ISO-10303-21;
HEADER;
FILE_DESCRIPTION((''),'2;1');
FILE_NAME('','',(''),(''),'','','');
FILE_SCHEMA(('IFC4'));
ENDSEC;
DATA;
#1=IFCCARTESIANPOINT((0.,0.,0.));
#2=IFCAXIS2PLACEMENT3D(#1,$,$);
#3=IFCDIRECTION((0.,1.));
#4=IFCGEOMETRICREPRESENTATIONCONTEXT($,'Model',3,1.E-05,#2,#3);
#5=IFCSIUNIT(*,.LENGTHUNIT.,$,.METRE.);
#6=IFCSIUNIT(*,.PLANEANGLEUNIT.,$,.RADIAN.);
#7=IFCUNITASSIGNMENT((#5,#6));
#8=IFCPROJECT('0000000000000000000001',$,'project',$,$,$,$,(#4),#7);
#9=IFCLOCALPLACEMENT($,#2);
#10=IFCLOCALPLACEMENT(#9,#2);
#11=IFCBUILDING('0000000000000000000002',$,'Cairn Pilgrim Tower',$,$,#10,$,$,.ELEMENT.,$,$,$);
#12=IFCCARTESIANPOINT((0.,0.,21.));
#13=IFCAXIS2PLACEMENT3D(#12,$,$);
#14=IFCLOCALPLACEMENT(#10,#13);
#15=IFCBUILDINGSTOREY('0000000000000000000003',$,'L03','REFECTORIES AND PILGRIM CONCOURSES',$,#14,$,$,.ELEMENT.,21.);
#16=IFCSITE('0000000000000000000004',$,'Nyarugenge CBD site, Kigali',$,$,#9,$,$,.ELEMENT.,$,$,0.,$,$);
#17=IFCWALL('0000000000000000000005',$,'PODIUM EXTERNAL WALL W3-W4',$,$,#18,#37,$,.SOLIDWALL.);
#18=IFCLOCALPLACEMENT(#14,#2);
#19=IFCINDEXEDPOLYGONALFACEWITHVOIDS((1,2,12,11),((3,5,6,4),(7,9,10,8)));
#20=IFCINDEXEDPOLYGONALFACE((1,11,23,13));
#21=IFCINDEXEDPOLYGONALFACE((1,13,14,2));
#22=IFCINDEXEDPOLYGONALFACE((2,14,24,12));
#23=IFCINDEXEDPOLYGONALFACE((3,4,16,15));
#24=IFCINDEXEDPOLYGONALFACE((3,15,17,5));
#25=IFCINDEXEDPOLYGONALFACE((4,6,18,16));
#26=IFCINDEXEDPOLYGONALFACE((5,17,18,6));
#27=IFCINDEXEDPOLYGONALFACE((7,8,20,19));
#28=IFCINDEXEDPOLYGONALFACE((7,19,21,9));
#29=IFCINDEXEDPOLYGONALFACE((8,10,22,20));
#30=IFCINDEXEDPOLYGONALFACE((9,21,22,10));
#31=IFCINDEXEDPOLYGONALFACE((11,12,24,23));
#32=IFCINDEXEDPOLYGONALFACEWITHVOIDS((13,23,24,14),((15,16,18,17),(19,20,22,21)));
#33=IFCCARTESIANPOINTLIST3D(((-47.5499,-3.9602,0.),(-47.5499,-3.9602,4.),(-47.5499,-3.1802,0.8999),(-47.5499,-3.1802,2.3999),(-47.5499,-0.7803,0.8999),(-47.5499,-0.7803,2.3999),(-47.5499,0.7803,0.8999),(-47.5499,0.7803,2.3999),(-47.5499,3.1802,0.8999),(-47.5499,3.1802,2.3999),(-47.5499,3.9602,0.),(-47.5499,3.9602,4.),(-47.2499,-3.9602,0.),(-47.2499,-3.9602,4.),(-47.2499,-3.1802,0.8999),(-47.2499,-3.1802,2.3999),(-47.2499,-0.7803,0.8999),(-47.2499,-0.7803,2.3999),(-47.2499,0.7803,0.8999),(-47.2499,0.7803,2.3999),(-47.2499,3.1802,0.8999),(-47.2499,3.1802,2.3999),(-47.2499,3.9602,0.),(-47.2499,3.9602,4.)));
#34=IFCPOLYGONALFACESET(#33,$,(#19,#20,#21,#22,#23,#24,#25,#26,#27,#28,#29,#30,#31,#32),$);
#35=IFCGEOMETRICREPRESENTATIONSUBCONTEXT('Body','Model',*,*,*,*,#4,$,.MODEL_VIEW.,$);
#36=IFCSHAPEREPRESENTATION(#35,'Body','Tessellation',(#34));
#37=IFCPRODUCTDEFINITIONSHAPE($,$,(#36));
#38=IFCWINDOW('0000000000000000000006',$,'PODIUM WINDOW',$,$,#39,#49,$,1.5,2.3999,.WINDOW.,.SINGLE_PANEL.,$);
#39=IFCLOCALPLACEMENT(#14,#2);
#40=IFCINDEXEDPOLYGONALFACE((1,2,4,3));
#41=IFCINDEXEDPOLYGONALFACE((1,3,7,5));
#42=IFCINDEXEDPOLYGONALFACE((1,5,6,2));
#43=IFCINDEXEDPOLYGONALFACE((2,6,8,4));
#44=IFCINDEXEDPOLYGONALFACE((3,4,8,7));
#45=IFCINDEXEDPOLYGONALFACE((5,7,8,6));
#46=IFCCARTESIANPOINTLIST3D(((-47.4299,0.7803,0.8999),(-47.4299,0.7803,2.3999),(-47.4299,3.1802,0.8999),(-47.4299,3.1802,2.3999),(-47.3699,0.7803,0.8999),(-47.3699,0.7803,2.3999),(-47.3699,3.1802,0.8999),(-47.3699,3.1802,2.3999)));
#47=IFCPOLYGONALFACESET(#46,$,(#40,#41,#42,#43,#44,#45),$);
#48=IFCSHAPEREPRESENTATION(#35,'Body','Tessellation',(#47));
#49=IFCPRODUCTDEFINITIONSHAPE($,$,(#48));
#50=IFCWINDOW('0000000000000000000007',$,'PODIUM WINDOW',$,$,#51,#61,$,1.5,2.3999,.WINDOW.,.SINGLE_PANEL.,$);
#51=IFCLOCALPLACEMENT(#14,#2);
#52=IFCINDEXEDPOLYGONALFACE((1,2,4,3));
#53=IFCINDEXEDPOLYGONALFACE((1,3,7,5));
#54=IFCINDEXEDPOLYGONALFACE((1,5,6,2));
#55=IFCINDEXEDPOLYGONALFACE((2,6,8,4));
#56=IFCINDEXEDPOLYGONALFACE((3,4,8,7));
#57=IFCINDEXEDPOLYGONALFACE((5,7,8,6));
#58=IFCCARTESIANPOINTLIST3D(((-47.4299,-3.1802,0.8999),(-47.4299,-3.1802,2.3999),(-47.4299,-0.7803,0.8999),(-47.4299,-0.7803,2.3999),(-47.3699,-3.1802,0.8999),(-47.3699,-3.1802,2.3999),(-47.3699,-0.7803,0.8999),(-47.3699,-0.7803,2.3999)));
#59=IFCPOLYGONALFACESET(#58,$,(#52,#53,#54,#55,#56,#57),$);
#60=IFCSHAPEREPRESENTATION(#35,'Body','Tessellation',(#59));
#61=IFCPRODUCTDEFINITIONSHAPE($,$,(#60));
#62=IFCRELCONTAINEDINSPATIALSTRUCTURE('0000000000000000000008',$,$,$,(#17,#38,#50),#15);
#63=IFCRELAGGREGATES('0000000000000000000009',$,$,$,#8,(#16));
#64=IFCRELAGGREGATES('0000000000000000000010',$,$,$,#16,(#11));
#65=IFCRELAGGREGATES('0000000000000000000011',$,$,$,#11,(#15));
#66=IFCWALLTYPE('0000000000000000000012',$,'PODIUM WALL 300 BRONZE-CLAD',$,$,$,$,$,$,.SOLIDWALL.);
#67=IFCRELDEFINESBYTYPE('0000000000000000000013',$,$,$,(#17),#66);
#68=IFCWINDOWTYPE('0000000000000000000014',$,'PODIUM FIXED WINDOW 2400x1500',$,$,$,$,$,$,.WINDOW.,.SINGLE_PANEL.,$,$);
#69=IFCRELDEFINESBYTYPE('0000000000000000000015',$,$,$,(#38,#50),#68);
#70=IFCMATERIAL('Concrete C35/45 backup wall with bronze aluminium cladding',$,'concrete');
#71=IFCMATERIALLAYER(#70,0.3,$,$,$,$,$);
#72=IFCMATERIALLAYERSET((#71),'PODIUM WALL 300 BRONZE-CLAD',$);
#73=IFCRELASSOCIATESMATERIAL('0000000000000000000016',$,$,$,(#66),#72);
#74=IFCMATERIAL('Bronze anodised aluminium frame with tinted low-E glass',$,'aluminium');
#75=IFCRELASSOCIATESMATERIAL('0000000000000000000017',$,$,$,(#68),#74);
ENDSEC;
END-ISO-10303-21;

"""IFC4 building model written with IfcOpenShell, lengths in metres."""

from ifc_helpers import new_model, si_unit, direction, frame, frame_2d, origin, place, context, subcontext, project, spatial, rectangle, extrude, material, layer, layer_set, type_object, element, fill, save


model = new_model("IFC4")

# Units and contexts
model_context = context("Model", 3, precision=1e-05, world=origin(), true_north=direction((0.0, 1.0)))
body_context = subcontext(model_context, "Body", "Model", "MODEL_VIEW")
ifc_project = project(units=[si_unit("LENGTHUNIT", "METRE"), si_unit("PLANEANGLEUNIT", "RADIAN")], contexts=[model_context])

# Site, building, storey
site_placement = place(None, origin())
site = spatial("IfcSite", under=ifc_project, at=site_placement, Name="Nyarugenge CBD site, Kigali", CompositionType="ELEMENT", RefElevation=0.0)
building_placement = place(site_placement, origin())
building = spatial("IfcBuilding", under=site, at=building_placement, Name="Cairn Pilgrim Tower", CompositionType="ELEMENT")
storey_placement = place(building_placement, frame((0.0, 0.0, 21.0)))
storey = spatial("IfcBuildingStorey", under=building, at=storey_placement, Name="L03", Description="REFECTORIES AND PILGRIM CONCOURSES", CompositionType="ELEMENT", Elevation=21.0)

# Wall, openings, windows
ifc_material_1 = material(Name="Concrete C35/45 backup wall with bronze aluminium cladding", Category="concrete")
ifc_layer_1 = layer(ifc_material_1, 0.3)
ifc_layer_set_1 = layer_set([ifc_layer_1], Name="PODIUM WALL 300 BRONZE-CLAD")
wall_type = type_object("IfcWallType", Name="PODIUM WALL 300 BRONZE-CLAD", PredefinedType="SOLIDWALL", material=ifc_layer_set_1)
ifc_material_2 = material(Name="Bronze anodised aluminium frame with tinted low-E glass", Category="aluminium")
window_type = type_object("IfcWindowType", Name="PODIUM FIXED WINDOW 2400x1500", PartitioningType="SINGLE_PANEL", PredefinedType="WINDOW", material=ifc_material_2)
wall_1_placement = place(storey_placement, frame((-47.3999, 3.9602, 0.0), z_axis=(0.0, 0.0, 1.0), x_axis=(0.0, -1.0, 0.0)))
wall_1 = element("IfcWall", 1, at=wall_1_placement, inside=storey, type_object=wall_type, Name="PODIUM EXTERNAL WALL W3-W4", PredefinedType="SOLIDWALL", context=body_context, shape_type="SweptSolid", body=[
    extrude(rectangle(XDim=7.9204, YDim=0.3, at=frame_2d((3.9602, 0.0))), origin(), (0.0, 0.0, 1.0), 4.0),
])
opening_1_placement = place(wall_1_placement, frame((0.78, 0.0, 0.8999)))
opening_1 = element("IfcOpeningElement", 2, at=opening_1_placement, cuts=wall_1, PredefinedType="OPENING", context=body_context, shape_type="SweptSolid", body=[
    extrude(rectangle(XDim=2.3999, YDim=1.5, at=frame_2d((1.2, 0.75))), frame((0.0, 0.1602, 0.0), z_axis=(0.0, -1.0, 0.0), x_axis=(1.0, 0.0, 0.0)), (0.0, 0.0, 1.0), 0.3201),
])
opening_2_placement = place(wall_1_placement, frame((4.7405, 0.0, 0.8999)))
opening_2 = element("IfcOpeningElement", 3, at=opening_2_placement, cuts=wall_1, PredefinedType="OPENING", context=body_context, shape_type="SweptSolid", body=[
    extrude(rectangle(XDim=2.3999, YDim=1.5, at=frame_2d((1.2, 0.75))), frame((0.0, 0.1602, 0.0), z_axis=(0.0, -1.0, 0.0), x_axis=(1.0, 0.0, 0.0)), (0.0, 0.0, 1.0), 0.3201),
])
window_1_placement = place(opening_1_placement, origin())
window_1 = element("IfcWindow", 4, at=window_1_placement, inside=storey, type_object=window_type, Name="PODIUM WINDOW", OverallHeight=1.5, OverallWidth=2.3999, PartitioningType="SINGLE_PANEL", PredefinedType="WINDOW", context=body_context, shape_type="SweptSolid", body=[
    extrude(rectangle(XDim=2.3999, YDim=1.5, at=frame_2d((1.2, 0.75))), frame((0.0, 0.03, 0.0), z_axis=(0.0, -1.0, 0.0), x_axis=(1.0, 0.0, 0.0)), (0.0, 0.0, 1.0), 0.0601),
])
fill(opening_1, window_1)
window_2_placement = place(opening_2_placement, origin())
window_2 = element("IfcWindow", 5, at=window_2_placement, inside=storey, type_object=window_type, Name="PODIUM WINDOW", OverallHeight=1.5, OverallWidth=2.3999, PartitioningType="SINGLE_PANEL", PredefinedType="WINDOW", context=body_context, shape_type="SweptSolid", body=[
    extrude(rectangle(XDim=2.3999, YDim=1.5, at=frame_2d((1.2, 0.75))), frame((0.0, 0.03, 0.0), z_axis=(0.0, -1.0, 0.0), x_axis=(1.0, 0.0, 0.0)), (0.0, 0.0, 1.0), 0.0601),
])
fill(opening_2, window_2)

save(model, "model.ifc")
